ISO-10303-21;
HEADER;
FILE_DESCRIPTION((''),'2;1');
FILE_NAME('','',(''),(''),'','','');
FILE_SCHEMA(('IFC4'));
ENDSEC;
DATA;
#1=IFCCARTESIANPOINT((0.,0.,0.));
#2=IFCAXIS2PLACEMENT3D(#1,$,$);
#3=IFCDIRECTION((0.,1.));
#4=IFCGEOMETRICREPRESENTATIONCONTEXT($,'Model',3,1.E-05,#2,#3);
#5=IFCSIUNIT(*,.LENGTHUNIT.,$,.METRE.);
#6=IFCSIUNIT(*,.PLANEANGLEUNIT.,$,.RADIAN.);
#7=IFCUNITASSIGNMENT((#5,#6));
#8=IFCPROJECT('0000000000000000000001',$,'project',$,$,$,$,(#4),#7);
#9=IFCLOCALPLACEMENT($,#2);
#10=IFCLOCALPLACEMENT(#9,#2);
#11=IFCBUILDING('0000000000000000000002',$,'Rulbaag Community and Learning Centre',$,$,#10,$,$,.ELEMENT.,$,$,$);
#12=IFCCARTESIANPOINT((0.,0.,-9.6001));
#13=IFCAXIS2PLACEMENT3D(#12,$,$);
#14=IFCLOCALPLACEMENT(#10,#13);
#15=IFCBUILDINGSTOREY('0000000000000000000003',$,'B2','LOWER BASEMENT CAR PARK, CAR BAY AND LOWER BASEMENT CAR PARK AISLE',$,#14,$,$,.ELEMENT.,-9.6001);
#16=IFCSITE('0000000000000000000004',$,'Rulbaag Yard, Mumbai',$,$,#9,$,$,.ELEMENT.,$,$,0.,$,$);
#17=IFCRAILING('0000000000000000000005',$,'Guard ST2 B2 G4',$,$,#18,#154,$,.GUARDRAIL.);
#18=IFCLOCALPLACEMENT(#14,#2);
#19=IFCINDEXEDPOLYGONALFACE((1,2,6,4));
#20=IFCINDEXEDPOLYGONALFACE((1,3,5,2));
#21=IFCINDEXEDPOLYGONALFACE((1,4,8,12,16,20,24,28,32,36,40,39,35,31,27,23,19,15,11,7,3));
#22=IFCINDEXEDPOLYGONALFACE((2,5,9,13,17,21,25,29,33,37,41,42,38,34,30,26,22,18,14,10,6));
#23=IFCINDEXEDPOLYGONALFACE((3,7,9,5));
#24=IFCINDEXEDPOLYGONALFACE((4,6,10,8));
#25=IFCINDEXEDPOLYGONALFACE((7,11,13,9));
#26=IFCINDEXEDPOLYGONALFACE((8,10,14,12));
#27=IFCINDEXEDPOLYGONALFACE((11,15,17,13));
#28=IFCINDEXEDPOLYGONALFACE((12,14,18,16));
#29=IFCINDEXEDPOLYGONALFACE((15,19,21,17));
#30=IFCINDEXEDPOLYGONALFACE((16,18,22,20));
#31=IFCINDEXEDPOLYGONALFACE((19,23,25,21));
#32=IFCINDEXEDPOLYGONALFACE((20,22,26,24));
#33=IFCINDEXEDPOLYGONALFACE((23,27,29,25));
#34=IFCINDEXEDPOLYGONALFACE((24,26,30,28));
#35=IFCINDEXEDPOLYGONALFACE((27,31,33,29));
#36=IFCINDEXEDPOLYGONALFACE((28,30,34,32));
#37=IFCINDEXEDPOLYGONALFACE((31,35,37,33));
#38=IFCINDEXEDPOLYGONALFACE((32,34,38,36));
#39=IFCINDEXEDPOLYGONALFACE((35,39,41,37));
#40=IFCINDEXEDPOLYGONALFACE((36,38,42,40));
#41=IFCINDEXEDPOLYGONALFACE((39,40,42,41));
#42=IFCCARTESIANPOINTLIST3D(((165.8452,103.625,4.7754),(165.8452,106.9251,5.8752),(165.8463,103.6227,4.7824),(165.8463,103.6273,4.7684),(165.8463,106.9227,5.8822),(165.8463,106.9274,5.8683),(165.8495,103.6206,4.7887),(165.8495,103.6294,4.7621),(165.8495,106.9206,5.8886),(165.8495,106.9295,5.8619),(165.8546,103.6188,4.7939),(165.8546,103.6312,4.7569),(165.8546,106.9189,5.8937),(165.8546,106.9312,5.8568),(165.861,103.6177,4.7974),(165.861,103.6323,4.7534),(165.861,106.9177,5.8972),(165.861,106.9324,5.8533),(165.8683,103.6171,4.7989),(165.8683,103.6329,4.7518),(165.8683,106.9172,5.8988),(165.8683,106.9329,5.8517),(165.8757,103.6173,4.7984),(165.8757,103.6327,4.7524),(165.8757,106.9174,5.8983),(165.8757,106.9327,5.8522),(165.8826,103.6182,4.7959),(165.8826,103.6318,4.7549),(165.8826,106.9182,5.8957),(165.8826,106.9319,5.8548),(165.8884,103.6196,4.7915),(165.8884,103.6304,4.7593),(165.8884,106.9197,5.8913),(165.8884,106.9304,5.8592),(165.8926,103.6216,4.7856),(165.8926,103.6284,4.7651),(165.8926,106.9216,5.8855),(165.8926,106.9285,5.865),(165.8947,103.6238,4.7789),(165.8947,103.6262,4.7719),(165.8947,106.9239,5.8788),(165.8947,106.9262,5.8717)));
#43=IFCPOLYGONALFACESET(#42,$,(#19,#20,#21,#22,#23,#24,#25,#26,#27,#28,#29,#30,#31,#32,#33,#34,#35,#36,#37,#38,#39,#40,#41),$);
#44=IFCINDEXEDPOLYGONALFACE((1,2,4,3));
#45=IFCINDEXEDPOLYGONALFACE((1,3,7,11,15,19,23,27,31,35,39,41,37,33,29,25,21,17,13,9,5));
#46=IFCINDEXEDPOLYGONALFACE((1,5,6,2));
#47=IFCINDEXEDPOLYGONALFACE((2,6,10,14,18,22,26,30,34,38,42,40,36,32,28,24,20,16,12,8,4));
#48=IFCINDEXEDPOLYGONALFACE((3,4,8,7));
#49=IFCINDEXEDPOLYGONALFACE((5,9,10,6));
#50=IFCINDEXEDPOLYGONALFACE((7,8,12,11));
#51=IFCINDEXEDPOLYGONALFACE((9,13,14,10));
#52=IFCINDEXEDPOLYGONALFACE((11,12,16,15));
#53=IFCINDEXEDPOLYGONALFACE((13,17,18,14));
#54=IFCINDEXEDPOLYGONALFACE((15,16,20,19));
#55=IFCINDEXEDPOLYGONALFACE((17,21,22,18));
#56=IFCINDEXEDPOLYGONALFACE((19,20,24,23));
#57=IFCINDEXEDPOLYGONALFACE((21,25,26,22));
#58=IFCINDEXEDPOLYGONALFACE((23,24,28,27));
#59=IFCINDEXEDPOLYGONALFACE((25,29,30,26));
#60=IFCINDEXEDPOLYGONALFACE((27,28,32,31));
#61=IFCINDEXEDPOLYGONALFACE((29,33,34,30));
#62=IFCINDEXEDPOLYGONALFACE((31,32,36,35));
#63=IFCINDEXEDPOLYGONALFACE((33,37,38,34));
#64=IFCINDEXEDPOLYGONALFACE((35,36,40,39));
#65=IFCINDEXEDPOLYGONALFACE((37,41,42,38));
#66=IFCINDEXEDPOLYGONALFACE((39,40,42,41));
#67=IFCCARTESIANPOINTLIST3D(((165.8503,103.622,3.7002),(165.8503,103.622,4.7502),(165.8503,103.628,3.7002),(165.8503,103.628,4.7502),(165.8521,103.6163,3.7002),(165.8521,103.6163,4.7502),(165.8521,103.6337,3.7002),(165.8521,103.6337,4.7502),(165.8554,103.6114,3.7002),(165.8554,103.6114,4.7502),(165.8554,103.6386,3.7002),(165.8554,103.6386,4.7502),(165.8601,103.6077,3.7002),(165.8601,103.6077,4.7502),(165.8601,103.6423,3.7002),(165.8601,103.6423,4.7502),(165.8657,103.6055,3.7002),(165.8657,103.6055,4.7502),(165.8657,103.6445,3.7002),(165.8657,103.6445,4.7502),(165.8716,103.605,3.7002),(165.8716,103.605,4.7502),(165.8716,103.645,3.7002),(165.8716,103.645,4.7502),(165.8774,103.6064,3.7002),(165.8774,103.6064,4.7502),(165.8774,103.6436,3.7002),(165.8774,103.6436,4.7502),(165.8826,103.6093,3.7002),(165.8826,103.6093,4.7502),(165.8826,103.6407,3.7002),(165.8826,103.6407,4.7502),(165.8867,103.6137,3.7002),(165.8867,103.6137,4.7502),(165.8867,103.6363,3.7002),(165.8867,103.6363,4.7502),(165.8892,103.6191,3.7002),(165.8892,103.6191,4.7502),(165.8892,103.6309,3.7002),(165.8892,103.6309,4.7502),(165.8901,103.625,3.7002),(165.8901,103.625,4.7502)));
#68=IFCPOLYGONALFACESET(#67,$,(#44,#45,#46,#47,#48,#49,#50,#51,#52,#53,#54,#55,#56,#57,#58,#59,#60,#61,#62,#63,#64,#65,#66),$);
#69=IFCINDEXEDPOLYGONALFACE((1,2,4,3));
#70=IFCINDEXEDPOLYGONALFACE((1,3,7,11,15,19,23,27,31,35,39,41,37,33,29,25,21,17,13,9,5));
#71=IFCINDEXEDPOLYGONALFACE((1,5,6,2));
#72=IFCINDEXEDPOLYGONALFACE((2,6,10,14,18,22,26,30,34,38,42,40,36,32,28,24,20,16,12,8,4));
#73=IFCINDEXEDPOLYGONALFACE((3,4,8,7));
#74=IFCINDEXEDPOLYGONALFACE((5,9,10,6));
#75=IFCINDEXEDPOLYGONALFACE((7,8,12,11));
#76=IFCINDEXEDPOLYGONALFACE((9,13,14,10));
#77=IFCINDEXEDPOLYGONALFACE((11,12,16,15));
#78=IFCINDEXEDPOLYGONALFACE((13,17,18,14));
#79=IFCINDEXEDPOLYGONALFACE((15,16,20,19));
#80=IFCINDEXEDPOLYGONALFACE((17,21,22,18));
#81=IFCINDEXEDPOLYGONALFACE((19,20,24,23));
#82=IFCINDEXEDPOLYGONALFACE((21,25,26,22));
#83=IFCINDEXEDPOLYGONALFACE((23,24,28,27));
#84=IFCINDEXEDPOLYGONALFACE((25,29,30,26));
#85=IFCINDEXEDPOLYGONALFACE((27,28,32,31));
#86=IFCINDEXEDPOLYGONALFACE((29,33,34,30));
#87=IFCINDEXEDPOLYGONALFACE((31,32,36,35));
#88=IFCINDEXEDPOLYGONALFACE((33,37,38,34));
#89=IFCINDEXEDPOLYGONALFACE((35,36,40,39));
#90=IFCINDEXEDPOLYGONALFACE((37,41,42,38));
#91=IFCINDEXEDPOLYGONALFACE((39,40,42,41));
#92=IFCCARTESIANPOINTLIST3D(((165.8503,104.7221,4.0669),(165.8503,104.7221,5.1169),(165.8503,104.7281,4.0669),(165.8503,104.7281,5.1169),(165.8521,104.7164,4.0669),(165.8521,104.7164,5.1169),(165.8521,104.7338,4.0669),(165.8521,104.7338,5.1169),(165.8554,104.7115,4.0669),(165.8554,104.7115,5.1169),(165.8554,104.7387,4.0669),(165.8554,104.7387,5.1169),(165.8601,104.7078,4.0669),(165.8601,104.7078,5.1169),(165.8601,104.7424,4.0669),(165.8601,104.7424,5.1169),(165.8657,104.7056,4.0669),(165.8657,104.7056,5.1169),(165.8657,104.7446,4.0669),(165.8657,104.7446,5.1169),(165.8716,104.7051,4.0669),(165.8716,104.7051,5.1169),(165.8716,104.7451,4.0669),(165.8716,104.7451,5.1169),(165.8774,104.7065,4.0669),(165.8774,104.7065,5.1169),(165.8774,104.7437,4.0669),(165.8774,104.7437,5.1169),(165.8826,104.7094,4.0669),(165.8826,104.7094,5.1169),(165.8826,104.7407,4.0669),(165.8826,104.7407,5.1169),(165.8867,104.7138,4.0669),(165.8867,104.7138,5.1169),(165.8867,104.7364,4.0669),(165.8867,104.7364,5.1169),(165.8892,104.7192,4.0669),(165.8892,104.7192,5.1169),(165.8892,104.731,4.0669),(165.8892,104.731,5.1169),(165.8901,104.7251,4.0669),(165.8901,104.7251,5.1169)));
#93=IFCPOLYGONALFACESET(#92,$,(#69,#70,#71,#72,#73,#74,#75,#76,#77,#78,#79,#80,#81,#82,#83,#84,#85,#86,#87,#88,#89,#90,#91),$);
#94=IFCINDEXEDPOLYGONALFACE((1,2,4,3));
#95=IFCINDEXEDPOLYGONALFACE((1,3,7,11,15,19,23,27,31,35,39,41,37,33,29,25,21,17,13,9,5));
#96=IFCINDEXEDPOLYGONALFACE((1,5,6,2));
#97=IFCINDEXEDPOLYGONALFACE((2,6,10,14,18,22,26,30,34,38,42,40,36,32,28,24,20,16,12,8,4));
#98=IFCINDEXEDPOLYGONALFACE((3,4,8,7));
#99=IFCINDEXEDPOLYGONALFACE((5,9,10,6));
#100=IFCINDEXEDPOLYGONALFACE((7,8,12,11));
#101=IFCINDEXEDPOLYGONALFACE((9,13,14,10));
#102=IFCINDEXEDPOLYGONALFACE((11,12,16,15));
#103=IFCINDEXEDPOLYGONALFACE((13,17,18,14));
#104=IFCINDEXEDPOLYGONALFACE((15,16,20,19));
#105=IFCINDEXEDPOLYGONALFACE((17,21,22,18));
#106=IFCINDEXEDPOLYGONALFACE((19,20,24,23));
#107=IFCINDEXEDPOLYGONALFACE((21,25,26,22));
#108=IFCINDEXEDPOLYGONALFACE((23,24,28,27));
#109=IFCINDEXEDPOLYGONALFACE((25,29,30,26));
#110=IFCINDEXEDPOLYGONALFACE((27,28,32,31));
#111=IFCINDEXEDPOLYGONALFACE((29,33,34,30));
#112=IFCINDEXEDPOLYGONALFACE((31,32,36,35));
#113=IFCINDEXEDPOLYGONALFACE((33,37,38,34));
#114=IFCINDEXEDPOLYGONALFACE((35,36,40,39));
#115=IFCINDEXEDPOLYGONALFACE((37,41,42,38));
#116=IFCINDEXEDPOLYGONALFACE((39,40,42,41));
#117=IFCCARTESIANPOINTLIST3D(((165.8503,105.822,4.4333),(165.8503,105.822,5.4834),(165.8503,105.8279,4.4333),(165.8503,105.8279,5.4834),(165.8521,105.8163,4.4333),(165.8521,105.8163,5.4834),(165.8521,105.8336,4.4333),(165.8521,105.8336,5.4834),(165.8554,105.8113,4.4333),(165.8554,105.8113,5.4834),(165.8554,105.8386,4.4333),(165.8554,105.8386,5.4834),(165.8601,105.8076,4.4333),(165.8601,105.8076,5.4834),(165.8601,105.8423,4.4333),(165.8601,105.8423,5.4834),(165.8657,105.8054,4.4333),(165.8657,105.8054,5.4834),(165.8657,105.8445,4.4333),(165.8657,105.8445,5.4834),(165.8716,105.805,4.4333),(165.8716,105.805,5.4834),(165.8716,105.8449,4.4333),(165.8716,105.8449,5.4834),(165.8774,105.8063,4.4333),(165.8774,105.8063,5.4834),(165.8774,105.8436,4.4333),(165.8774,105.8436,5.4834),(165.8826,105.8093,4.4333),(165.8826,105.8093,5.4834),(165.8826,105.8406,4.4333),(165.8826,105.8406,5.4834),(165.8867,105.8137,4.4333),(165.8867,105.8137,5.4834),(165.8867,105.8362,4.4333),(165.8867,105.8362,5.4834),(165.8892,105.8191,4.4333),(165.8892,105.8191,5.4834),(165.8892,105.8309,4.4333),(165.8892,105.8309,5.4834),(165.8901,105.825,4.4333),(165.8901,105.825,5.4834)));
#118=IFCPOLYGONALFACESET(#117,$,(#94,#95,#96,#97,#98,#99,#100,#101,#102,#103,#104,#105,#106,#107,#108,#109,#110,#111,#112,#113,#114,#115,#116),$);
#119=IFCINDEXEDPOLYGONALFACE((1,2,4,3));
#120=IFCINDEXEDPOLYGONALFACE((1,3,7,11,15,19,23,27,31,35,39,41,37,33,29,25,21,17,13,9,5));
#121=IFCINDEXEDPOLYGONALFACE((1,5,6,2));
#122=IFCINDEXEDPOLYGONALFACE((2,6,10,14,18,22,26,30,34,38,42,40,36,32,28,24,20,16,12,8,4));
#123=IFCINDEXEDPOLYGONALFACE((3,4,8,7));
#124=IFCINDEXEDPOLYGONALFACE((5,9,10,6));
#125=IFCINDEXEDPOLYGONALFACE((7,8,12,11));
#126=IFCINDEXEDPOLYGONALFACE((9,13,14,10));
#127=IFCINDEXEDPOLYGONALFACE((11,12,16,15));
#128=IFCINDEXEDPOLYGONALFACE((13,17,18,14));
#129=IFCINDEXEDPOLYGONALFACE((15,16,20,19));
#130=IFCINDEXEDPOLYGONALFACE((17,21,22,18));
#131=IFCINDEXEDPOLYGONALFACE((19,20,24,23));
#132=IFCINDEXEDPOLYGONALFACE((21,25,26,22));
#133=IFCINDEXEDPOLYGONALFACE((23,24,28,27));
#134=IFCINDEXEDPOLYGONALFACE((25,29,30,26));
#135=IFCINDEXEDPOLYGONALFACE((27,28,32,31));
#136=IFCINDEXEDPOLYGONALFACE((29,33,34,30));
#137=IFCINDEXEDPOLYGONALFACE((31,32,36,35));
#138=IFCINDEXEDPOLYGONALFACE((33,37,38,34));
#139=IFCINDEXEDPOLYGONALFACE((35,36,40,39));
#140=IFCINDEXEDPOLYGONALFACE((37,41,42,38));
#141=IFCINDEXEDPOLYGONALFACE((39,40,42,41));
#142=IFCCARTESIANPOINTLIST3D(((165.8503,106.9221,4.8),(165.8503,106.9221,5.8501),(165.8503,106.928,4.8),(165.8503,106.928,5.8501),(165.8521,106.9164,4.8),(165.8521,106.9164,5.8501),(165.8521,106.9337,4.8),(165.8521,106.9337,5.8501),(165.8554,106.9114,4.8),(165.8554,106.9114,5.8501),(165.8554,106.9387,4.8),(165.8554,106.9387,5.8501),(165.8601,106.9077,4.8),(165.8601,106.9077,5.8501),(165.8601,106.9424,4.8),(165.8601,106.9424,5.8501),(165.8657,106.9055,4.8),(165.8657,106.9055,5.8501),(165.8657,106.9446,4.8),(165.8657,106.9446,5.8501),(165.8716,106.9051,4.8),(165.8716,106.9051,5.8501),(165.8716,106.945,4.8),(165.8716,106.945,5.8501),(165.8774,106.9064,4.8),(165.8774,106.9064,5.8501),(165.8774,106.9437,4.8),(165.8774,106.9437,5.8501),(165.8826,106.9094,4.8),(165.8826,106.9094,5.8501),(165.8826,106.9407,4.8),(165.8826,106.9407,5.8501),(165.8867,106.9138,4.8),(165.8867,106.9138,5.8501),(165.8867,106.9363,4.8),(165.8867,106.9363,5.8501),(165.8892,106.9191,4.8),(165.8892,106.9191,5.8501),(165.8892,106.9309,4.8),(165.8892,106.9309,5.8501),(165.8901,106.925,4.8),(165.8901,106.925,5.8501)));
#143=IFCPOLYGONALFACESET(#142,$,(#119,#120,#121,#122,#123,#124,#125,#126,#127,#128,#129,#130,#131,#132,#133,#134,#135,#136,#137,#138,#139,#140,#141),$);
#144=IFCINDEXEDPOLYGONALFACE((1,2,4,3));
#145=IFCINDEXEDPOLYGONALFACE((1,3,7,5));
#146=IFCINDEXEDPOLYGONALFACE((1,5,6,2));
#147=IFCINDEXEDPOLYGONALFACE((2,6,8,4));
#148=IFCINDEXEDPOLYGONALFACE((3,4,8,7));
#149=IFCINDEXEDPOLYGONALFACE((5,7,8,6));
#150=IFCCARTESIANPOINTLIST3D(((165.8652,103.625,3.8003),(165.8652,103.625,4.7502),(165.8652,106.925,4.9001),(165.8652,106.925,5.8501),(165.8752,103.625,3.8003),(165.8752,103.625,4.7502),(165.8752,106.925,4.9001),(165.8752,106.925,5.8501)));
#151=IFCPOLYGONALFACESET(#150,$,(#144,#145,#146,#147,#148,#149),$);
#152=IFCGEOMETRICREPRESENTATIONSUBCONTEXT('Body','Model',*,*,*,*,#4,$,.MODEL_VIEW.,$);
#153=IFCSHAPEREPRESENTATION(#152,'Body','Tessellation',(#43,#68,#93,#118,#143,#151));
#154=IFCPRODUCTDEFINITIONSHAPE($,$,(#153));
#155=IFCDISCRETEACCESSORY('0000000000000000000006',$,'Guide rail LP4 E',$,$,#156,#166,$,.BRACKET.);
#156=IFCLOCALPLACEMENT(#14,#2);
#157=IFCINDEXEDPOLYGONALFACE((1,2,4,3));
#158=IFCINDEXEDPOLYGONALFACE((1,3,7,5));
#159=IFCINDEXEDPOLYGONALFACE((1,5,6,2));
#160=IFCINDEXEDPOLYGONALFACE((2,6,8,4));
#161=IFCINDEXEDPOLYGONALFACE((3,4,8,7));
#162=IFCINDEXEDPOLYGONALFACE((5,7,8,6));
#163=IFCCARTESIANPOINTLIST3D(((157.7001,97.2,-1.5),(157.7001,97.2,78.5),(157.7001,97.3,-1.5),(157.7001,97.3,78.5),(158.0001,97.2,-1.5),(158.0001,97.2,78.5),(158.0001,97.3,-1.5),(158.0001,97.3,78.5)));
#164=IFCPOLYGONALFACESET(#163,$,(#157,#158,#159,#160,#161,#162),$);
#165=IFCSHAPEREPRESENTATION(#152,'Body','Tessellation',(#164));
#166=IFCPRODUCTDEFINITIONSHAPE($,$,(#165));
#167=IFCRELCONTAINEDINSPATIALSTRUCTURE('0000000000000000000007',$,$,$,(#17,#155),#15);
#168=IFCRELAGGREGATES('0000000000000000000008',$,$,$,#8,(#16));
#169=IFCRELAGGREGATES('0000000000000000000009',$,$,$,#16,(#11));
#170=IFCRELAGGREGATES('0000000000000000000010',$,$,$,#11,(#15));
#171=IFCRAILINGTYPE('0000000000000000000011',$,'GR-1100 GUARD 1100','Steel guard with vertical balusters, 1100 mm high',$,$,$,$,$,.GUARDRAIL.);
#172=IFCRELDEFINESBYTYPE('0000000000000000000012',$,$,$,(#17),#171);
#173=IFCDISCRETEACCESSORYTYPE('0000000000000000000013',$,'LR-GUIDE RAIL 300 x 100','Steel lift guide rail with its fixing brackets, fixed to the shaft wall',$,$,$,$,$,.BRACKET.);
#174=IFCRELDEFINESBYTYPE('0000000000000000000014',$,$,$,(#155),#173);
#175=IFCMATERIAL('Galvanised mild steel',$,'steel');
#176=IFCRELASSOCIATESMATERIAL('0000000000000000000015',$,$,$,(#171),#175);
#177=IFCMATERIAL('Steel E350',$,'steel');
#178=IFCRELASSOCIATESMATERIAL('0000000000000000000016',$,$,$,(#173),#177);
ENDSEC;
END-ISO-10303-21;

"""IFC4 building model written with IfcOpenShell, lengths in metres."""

from ifc_helpers import new_model, si_unit, direction, frame, origin, origin_2d, place, context, subcontext, project, spatial, polyline, rectangle, circle, outline, extrude, material, type_object, element, save


model = new_model("IFC4")

# Units and contexts
model_context = context("Model", 3, precision=1e-05, world=origin(), true_north=direction((0.0, 1.0)))
body_context = subcontext(model_context, "Body", "Model", "MODEL_VIEW")
ifc_project = project(units=[si_unit("LENGTHUNIT", "METRE"), si_unit("PLANEANGLEUNIT", "RADIAN")], contexts=[model_context])

# Site, building, storey
site_placement = place(None, origin())
site = spatial("IfcSite", under=ifc_project, at=site_placement, Name="Rulbaag Yard, Mumbai", CompositionType="ELEMENT", RefElevation=0.0)
building_placement = place(site_placement, origin())
building = spatial("IfcBuilding", under=site, at=building_placement, Name="Rulbaag Community and Learning Centre", CompositionType="ELEMENT")
storey_placement = place(building_placement, frame((0.0, 0.0, -9.6001)))
storey = spatial("IfcBuildingStorey", under=building, at=storey_placement, Name="B2", Description="LOWER BASEMENT CAR PARK, CAR BAY AND LOWER BASEMENT CAR PARK AISLE", CompositionType="ELEMENT", Elevation=-9.6001)

# Railing
ifc_material_1 = material(Name="Galvanised mild steel", Category="steel")
railing_type_1 = type_object("IfcRailingType", Name="GR-1100 GUARD 1100", Description="Steel guard with vertical balusters, 1100 mm high", PredefinedType="GUARDRAIL", material=ifc_material_1)
railing_1_placement = place(storey_placement, frame((165.8701, 103.625, 3.7002)))
element("IfcRailing", 1, at=railing_1_placement, inside=storey, type_object=railing_type_1, Name="Guard ST2 B2 G4", PredefinedType="GUARDRAIL", context=body_context, shape_type="SweptSolid", body=[
    extrude(circle(Radius=0.0249, at=origin_2d()), frame((0.0, 0.0, 1.0752), z_axis=(0.0, 0.948697, 0.316186), x_axis=(-1.0, 0.0, 0.0)), (0.0, 0.0, 1.0), 3.4785),
    extrude(circle(Radius=0.02, at=origin_2d()), origin(), (0.0, 0.0, 1.0), 1.05),
    extrude(circle(Radius=0.02, at=origin_2d()), frame((0.0, 1.1001, 0.3667)), (0.0, 0.0, 1.0), 1.05),
    extrude(circle(Radius=0.02, at=origin_2d()), frame((0.0, 2.2, 0.7332)), (0.0, 0.0, 1.0), 1.05),
    extrude(circle(Radius=0.02, at=origin_2d()), frame((0.0, 3.3, 1.0999)), (0.0, 0.0, 1.0), 1.05),
    extrude(outline(polyline([(0.0, 0.0), (3.3, 1.0999), (3.3, 2.0498), (0.0, 0.95), (0.0, 0.0)])), frame((-0.0049, 0.0, 0.1001), z_axis=(1.0, 0.0, 0.0), x_axis=(0.0, 1.0, 0.0)), (0.0, 0.0, 1.0), 0.01),
])

# Discrete accessory
ifc_material_2 = material(Name="Steel E350", Category="steel")
discrete_accessory_type = type_object("IfcDiscreteAccessoryType", Name="LR-GUIDE RAIL 300 x 100", Description="Steel lift guide rail with its fixing brackets, fixed to the shaft wall", PredefinedType="BRACKET", material=ifc_material_2)
discrete_accessory_placement = place(storey_placement, frame((157.8501, 97.25, -1.5), z_axis=(0.0, 0.0, 1.0), x_axis=(1.0, 0.0, 0.0)))
element("IfcDiscreteAccessory", 2, at=discrete_accessory_placement, inside=storey, type_object=discrete_accessory_type, Name="Guide rail LP4 E", PredefinedType="BRACKET", context=body_context, shape_type="SweptSolid", body=[
    extrude(rectangle(XDim=0.3, YDim=0.1001, at=origin_2d()), origin(), (0.0, 0.0, 1.0), 80.0),
])

save(model, "model.ifc")
